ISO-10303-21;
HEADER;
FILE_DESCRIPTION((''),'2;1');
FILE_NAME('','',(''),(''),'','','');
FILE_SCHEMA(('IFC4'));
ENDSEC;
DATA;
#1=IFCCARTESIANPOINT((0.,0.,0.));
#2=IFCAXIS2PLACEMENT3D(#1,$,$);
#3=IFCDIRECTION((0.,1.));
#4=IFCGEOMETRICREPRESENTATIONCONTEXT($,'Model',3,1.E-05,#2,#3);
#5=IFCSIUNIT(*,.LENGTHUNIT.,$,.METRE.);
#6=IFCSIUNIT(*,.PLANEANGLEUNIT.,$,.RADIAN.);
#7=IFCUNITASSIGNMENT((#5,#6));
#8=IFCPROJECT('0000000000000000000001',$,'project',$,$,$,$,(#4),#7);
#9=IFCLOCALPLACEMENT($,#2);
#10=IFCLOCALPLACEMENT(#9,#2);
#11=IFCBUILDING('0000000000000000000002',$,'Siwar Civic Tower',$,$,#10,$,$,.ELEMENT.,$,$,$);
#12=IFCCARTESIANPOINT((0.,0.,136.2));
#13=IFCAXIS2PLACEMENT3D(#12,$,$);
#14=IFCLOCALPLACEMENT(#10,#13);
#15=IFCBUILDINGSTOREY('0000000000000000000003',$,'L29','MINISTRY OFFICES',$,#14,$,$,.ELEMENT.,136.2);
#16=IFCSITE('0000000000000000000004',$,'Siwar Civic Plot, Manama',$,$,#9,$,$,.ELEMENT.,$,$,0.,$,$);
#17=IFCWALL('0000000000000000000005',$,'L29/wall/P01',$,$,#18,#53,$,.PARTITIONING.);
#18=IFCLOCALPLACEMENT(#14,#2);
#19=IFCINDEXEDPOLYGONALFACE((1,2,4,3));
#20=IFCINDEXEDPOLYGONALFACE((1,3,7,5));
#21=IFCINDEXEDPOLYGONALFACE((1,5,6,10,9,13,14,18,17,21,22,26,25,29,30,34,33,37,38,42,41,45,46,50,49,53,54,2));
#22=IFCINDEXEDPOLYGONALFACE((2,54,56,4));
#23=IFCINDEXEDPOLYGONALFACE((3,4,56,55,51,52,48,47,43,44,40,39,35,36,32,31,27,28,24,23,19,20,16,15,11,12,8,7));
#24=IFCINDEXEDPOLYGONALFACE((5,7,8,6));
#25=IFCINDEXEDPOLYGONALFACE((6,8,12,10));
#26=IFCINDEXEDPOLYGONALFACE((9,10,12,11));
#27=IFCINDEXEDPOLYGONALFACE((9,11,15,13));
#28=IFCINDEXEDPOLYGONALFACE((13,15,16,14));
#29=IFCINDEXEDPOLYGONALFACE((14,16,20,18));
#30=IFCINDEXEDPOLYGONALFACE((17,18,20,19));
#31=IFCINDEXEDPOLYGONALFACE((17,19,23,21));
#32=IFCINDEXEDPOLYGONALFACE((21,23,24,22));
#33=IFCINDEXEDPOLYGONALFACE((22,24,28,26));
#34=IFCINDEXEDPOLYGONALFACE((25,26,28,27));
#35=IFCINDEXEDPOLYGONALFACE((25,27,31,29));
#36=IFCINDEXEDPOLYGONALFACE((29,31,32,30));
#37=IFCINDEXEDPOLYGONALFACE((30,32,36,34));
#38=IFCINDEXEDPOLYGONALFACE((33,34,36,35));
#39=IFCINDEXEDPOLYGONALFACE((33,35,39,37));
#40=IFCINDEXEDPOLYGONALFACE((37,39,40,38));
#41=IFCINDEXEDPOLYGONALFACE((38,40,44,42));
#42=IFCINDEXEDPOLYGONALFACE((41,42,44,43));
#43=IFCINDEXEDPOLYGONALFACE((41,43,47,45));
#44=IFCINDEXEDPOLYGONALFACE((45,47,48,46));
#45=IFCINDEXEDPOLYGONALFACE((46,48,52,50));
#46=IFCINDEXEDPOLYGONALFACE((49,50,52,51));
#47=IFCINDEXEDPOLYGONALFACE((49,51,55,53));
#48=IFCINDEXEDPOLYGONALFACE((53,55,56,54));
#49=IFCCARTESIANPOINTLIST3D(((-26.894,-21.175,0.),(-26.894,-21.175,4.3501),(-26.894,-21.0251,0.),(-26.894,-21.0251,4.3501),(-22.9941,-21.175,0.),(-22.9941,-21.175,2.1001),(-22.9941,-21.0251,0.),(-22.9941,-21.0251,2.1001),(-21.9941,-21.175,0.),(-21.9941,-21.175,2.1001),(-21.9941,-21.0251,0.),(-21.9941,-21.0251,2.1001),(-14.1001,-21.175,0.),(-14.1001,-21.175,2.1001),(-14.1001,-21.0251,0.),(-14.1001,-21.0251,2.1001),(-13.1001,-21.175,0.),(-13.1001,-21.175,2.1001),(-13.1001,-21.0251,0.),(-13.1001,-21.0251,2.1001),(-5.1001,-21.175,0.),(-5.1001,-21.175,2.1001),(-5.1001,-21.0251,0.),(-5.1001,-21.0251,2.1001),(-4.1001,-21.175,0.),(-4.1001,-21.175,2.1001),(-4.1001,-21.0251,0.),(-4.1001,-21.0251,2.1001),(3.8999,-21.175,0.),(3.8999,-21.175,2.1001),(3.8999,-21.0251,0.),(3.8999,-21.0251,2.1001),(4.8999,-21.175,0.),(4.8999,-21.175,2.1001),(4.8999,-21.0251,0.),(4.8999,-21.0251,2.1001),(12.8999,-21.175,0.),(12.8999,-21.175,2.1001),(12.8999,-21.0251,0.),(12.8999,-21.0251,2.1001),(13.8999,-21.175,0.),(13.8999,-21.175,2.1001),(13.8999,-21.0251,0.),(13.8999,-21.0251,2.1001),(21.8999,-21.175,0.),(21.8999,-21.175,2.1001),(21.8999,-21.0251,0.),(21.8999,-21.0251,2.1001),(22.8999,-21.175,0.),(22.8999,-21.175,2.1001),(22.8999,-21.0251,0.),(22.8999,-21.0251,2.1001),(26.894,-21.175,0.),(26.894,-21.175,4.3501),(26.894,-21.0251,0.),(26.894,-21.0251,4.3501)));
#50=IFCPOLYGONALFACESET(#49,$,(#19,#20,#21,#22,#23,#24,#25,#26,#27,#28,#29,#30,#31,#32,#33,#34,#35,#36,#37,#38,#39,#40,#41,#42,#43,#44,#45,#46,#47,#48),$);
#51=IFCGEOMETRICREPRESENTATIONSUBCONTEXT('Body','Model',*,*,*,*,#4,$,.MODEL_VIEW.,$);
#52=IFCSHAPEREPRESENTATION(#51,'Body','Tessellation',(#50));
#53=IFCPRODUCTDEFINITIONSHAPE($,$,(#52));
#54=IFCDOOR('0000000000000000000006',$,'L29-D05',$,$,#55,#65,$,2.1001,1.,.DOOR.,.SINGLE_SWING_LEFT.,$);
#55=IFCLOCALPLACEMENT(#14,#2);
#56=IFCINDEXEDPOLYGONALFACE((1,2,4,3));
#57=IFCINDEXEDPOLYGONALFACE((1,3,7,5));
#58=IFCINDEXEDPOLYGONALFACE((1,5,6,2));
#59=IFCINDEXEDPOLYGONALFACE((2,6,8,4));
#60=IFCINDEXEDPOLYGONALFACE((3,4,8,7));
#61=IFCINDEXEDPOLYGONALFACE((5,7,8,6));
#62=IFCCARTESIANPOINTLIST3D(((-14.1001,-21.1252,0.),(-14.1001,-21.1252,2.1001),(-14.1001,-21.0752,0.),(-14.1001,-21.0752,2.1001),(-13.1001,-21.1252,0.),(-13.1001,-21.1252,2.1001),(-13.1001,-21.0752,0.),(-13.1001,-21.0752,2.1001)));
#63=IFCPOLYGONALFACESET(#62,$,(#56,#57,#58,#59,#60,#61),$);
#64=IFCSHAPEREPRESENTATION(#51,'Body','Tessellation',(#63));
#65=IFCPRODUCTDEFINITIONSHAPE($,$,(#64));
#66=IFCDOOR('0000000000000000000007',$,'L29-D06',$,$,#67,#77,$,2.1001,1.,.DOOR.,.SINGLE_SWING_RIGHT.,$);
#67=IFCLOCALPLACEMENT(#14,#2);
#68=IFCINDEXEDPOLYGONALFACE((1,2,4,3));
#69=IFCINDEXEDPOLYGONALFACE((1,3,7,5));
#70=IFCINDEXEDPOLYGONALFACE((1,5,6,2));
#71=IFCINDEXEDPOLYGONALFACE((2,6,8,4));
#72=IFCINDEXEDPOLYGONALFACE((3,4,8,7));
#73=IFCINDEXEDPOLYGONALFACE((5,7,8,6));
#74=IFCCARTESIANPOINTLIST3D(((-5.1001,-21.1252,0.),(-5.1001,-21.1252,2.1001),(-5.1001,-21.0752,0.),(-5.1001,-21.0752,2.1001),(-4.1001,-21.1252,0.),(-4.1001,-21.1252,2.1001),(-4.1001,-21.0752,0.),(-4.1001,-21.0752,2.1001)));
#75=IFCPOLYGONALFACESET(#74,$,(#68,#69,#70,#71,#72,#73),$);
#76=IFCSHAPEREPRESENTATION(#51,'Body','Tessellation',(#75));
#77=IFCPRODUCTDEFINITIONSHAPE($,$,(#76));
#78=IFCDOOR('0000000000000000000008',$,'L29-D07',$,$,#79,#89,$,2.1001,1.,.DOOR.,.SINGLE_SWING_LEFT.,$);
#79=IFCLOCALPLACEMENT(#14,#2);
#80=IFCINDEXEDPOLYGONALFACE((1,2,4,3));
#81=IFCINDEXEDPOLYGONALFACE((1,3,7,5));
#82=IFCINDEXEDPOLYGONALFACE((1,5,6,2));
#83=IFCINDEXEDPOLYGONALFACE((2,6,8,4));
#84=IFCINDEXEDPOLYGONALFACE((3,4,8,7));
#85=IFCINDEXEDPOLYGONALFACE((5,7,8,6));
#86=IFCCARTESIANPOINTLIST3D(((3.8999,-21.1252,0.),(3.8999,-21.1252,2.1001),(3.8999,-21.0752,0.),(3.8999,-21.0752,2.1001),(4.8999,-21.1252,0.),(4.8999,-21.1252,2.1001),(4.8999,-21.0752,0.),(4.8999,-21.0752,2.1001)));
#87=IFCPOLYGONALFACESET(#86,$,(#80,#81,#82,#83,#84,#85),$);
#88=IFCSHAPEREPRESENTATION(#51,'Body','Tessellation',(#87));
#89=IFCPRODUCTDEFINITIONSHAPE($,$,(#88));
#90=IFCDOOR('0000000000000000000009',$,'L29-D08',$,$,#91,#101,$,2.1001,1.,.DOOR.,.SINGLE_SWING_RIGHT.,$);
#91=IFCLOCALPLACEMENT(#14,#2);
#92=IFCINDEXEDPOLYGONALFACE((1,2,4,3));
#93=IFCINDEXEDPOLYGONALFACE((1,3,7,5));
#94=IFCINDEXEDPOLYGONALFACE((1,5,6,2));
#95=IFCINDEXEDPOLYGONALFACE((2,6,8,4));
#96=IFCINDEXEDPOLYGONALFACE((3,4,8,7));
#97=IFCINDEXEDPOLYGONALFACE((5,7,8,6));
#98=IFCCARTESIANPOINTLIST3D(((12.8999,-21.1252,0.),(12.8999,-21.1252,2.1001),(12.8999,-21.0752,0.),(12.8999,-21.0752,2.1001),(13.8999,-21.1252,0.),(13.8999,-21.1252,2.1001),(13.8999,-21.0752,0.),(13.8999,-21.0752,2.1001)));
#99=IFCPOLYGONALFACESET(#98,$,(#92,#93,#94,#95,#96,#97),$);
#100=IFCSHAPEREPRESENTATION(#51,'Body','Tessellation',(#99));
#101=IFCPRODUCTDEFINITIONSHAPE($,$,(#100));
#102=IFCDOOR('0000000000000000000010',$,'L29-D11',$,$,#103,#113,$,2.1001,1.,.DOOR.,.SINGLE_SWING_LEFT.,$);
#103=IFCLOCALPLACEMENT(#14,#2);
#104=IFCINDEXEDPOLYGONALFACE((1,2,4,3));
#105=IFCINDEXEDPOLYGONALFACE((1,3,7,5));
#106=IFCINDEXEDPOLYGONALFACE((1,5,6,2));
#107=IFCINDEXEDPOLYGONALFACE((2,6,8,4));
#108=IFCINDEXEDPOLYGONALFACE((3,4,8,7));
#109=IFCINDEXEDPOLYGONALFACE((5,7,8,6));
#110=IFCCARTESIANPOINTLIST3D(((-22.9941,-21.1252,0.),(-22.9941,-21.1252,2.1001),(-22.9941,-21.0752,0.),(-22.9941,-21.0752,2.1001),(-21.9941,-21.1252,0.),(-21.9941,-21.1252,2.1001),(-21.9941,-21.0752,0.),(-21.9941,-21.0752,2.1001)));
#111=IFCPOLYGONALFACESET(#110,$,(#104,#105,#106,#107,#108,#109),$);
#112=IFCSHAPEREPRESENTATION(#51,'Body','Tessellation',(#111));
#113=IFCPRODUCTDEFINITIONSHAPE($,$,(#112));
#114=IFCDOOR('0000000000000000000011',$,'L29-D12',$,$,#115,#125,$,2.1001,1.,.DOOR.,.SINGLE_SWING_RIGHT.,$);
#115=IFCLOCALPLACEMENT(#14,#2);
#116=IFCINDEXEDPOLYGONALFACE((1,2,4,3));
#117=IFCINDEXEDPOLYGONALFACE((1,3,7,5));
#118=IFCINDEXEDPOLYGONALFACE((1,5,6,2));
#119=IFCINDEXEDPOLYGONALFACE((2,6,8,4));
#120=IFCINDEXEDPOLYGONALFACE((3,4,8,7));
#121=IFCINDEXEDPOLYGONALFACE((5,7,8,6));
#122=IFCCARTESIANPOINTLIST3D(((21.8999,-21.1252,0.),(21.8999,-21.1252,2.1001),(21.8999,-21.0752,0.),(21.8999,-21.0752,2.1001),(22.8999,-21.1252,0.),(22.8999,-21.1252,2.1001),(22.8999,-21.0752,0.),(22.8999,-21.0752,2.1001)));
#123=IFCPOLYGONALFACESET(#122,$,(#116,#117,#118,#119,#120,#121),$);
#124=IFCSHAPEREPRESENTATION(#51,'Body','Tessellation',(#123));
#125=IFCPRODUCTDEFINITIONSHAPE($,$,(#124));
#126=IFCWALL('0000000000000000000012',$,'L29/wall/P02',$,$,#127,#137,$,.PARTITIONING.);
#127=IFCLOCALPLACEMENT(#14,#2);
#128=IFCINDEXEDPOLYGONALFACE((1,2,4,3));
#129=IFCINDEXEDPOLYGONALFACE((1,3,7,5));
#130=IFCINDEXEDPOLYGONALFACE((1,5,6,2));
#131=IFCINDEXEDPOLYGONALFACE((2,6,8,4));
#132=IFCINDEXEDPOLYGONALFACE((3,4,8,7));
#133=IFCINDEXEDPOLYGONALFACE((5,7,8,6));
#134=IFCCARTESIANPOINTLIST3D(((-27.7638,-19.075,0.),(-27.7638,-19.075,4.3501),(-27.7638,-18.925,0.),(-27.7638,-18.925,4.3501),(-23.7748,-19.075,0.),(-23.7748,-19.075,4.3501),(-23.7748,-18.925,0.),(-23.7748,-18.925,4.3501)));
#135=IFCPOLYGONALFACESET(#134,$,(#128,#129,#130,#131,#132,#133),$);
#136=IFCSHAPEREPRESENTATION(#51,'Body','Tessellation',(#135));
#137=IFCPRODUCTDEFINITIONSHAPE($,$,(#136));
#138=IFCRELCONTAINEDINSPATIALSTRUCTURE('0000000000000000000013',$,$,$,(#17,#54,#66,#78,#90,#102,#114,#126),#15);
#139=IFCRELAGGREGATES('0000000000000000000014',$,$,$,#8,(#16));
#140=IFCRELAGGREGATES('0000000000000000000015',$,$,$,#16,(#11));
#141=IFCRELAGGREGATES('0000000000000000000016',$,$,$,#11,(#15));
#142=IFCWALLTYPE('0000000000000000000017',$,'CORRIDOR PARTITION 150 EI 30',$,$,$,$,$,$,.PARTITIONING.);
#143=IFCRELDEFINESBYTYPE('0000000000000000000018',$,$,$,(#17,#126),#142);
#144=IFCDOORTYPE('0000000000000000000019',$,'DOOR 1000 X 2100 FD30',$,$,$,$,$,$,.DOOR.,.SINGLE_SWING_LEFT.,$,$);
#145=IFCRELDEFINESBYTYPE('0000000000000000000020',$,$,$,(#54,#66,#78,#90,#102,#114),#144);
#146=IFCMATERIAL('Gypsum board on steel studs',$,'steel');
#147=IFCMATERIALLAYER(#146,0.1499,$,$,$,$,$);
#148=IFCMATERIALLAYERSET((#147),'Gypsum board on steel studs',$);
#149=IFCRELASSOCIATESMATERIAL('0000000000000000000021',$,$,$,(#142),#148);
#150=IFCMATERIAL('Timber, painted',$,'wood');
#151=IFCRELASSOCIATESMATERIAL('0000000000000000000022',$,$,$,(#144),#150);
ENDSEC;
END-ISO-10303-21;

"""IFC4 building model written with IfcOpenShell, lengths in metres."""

from ifc_helpers import new_model, si_unit, direction, frame, frame_2d, origin, place, context, subcontext, project, spatial, rectangle, extrude, material, layer, layer_set, type_object, element, fill, save


model = new_model("IFC4")

# Units and contexts
model_context = context("Model", 3, precision=1e-05, world=origin(), true_north=direction((0.0, 1.0)))
body_context = subcontext(model_context, "Body", "Model", "MODEL_VIEW")
ifc_project = project(units=[si_unit("LENGTHUNIT", "METRE"), si_unit("PLANEANGLEUNIT", "RADIAN")], contexts=[model_context])

# Site, building, storey
site_placement = place(None, origin())
site = spatial("IfcSite", under=ifc_project, at=site_placement, Name="Siwar Civic Plot, Manama", CompositionType="ELEMENT", RefElevation=0.0)
building_placement = place(site_placement, origin())
building = spatial("IfcBuilding", under=site, at=building_placement, Name="Siwar Civic Tower", CompositionType="ELEMENT")
storey_placement = place(building_placement, frame((0.0, 0.0, 136.2)))
storey = spatial("IfcBuildingStorey", under=building, at=storey_placement, Name="L29", Description="MINISTRY OFFICES", CompositionType="ELEMENT", Elevation=136.2)

# Wall, openings, doors
ifc_material_1 = material(Name="Gypsum board on steel studs", Category="steel")
ifc_layer_1 = layer(ifc_material_1, 0.1499)
ifc_layer_set_1 = layer_set([ifc_layer_1], Name="Gypsum board on steel studs")
wall_type = type_object("IfcWallType", Name="CORRIDOR PARTITION 150 EI 30", PredefinedType="PARTITIONING", material=ifc_layer_set_1)
wall_1_placement = place(storey_placement, frame((-26.894, -21.1001, 0.0), z_axis=(0.0, 0.0, 1.0), x_axis=(1.0, 0.0, 0.0)))
wall_1 = element("IfcWall", 1, at=wall_1_placement, inside=storey, type_object=wall_type, Name="L29/wall/P01", PredefinedType="PARTITIONING", context=body_context, shape_type="SweptSolid", body=[
    extrude(rectangle(XDim=53.7881, YDim=0.1499, at=frame_2d((26.894, 0.0))), origin(), (0.0, 0.0, 1.0), 4.3501),
])
opening_1_placement = place(wall_1_placement, frame((12.7939, 0.0, 0.0)))
opening_1 = element("IfcOpeningElement", 2, at=opening_1_placement, cuts=wall_1, PredefinedType="OPENING", context=body_context, shape_type="SweptSolid", body=[
    extrude(rectangle(XDim=1.0, YDim=2.1001, at=frame_2d((0.5, 1.05))), frame((0.0, 0.085, 0.0), z_axis=(0.0, -1.0, 0.0), x_axis=(1.0, 0.0, 0.0)), (0.0, 0.0, 1.0), 0.1699),
])
opening_2_placement = place(wall_1_placement, frame((21.7939, 0.0, 0.0)))
opening_2 = element("IfcOpeningElement", 3, at=opening_2_placement, cuts=wall_1, PredefinedType="OPENING", context=body_context, shape_type="SweptSolid", body=[
    extrude(rectangle(XDim=1.0, YDim=2.1001, at=frame_2d((0.5, 1.05))), frame((0.0, 0.085, 0.0), z_axis=(0.0, -1.0, 0.0), x_axis=(1.0, 0.0, 0.0)), (0.0, 0.0, 1.0), 0.1699),
])
opening_3_placement = place(wall_1_placement, frame((30.7939, 0.0, 0.0)))
opening_3 = element("IfcOpeningElement", 4, at=opening_3_placement, cuts=wall_1, PredefinedType="OPENING", context=body_context, shape_type="SweptSolid", body=[
    extrude(rectangle(XDim=1.0, YDim=2.1001, at=frame_2d((0.5, 1.05))), frame((0.0, 0.085, 0.0), z_axis=(0.0, -1.0, 0.0), x_axis=(1.0, 0.0, 0.0)), (0.0, 0.0, 1.0), 0.1699),
])
opening_4_placement = place(wall_1_placement, frame((39.7939, 0.0, 0.0)))
opening_4 = element("IfcOpeningElement", 5, at=opening_4_placement, cuts=wall_1, PredefinedType="OPENING", context=body_context, shape_type="SweptSolid", body=[
    extrude(rectangle(XDim=1.0, YDim=2.1001, at=frame_2d((0.5, 1.05))), frame((0.0, 0.085, 0.0), z_axis=(0.0, -1.0, 0.0), x_axis=(1.0, 0.0, 0.0)), (0.0, 0.0, 1.0), 0.1699),
])
opening_5_placement = place(wall_1_placement, frame((3.8999, 0.0, 0.0)))
opening_5 = element("IfcOpeningElement", 6, at=opening_5_placement, cuts=wall_1, PredefinedType="OPENING", context=body_context, shape_type="SweptSolid", body=[
    extrude(rectangle(XDim=1.0, YDim=2.1001, at=frame_2d((0.5, 1.05))), frame((0.0, 0.085, 0.0), z_axis=(0.0, -1.0, 0.0), x_axis=(1.0, 0.0, 0.0)), (0.0, 0.0, 1.0), 0.1699),
])
opening_6_placement = place(wall_1_placement, frame((48.7939, 0.0, 0.0)))
opening_6 = element("IfcOpeningElement", 7, at=opening_6_placement, cuts=wall_1, PredefinedType="OPENING", context=body_context, shape_type="SweptSolid", body=[
    extrude(rectangle(XDim=1.0, YDim=2.1001, at=frame_2d((0.5, 1.05))), frame((0.0, 0.085, 0.0), z_axis=(0.0, -1.0, 0.0), x_axis=(1.0, 0.0, 0.0)), (0.0, 0.0, 1.0), 0.1699),
])
ifc_material_2 = material(Name="Timber, painted", Category="wood")
door_type = type_object("IfcDoorType", Name="DOOR 1000 X 2100 FD30", OperationType="SINGLE_SWING_LEFT", PredefinedType="DOOR", material=ifc_material_2)
door_1_placement = place(opening_1_placement, origin())
door_1 = element("IfcDoor", 8, at=door_1_placement, inside=storey, type_object=door_type, Name="L29-D05", OperationType="SINGLE_SWING_LEFT", OverallHeight=2.1001, OverallWidth=1.0, PredefinedType="DOOR", context=body_context, shape_type="SweptSolid", body=[
    extrude(rectangle(XDim=1.0, YDim=2.1001, at=frame_2d((0.5, 1.05))), frame((0.0, 0.0249, 0.0), z_axis=(0.0, -1.0, 0.0), x_axis=(1.0, 0.0, 0.0)), (0.0, 0.0, 1.0), 0.05),
])
fill(opening_1, door_1)
door_2_placement = place(opening_2_placement, origin())
door_2 = element("IfcDoor", 9, at=door_2_placement, inside=storey, type_object=door_type, Name="L29-D06", OperationType="SINGLE_SWING_RIGHT", OverallHeight=2.1001, OverallWidth=1.0, PredefinedType="DOOR", context=body_context, shape_type="SweptSolid", body=[
    extrude(rectangle(XDim=1.0, YDim=2.1001, at=frame_2d((0.5, 1.05))), frame((0.0, 0.0249, 0.0), z_axis=(0.0, -1.0, 0.0), x_axis=(1.0, 0.0, 0.0)), (0.0, 0.0, 1.0), 0.05),
])
fill(opening_2, door_2)
door_3_placement = place(opening_3_placement, origin())
door_3 = element("IfcDoor", 10, at=door_3_placement, inside=storey, type_object=door_type, Name="L29-D07", OperationType="SINGLE_SWING_LEFT", OverallHeight=2.1001, OverallWidth=1.0, PredefinedType="DOOR", context=body_context, shape_type="SweptSolid", body=[
    extrude(rectangle(XDim=1.0, YDim=2.1001, at=frame_2d((0.5, 1.05))), frame((0.0, 0.0249, 0.0), z_axis=(0.0, -1.0, 0.0), x_axis=(1.0, 0.0, 0.0)), (0.0, 0.0, 1.0), 0.05),
])
fill(opening_3, door_3)
door_4_placement = place(opening_4_placement, origin())
door_4 = element("IfcDoor", 11, at=door_4_placement, inside=storey, type_object=door_type, Name="L29-D08", OperationType="SINGLE_SWING_RIGHT", OverallHeight=2.1001, OverallWidth=1.0, PredefinedType="DOOR", context=body_context, shape_type="SweptSolid", body=[
    extrude(rectangle(XDim=1.0, YDim=2.1001, at=frame_2d((0.5, 1.05))), frame((0.0, 0.0249, 0.0), z_axis=(0.0, -1.0, 0.0), x_axis=(1.0, 0.0, 0.0)), (0.0, 0.0, 1.0), 0.05),
])
fill(opening_4, door_4)
door_5_placement = place(opening_5_placement, origin())
door_5 = element("IfcDoor", 12, at=door_5_placement, inside=storey, type_object=door_type, Name="L29-D11", OperationType="SINGLE_SWING_LEFT", OverallHeight=2.1001, OverallWidth=1.0, PredefinedType="DOOR", context=body_context, shape_type="SweptSolid", body=[
    extrude(rectangle(XDim=1.0, YDim=2.1001, at=frame_2d((0.5, 1.05))), frame((0.0, 0.0249, 0.0), z_axis=(0.0, -1.0, 0.0), x_axis=(1.0, 0.0, 0.0)), (0.0, 0.0, 1.0), 0.05),
])
fill(opening_5, door_5)
door_6_placement = place(opening_6_placement, origin())
door_6 = element("IfcDoor", 13, at=door_6_placement, inside=storey, type_object=door_type, Name="L29-D12", OperationType="SINGLE_SWING_RIGHT", OverallHeight=2.1001, OverallWidth=1.0, PredefinedType="DOOR", context=body_context, shape_type="SweptSolid", body=[
    extrude(rectangle(XDim=1.0, YDim=2.1001, at=frame_2d((0.5, 1.05))), frame((0.0, 0.0249, 0.0), z_axis=(0.0, -1.0, 0.0), x_axis=(1.0, 0.0, 0.0)), (0.0, 0.0, 1.0), 0.05),
])
fill(opening_6, door_6)

# Wall
wall_2_placement = place(storey_placement, frame((-27.7639, -19.0, 0.0), z_axis=(0.0, 0.0, 1.0), x_axis=(1.0, 0.0, 0.0)))
element("IfcWall", 14, at=wall_2_placement, inside=storey, type_object=wall_type, Name="L29/wall/P02", PredefinedType="PARTITIONING", context=body_context, shape_type="SweptSolid", body=[
    extrude(rectangle(XDim=3.989, YDim=0.1499, at=frame_2d((1.9946, 0.0))), origin(), (0.0, 0.0, 1.0), 4.3501),
])

save(model, "model.ifc")
